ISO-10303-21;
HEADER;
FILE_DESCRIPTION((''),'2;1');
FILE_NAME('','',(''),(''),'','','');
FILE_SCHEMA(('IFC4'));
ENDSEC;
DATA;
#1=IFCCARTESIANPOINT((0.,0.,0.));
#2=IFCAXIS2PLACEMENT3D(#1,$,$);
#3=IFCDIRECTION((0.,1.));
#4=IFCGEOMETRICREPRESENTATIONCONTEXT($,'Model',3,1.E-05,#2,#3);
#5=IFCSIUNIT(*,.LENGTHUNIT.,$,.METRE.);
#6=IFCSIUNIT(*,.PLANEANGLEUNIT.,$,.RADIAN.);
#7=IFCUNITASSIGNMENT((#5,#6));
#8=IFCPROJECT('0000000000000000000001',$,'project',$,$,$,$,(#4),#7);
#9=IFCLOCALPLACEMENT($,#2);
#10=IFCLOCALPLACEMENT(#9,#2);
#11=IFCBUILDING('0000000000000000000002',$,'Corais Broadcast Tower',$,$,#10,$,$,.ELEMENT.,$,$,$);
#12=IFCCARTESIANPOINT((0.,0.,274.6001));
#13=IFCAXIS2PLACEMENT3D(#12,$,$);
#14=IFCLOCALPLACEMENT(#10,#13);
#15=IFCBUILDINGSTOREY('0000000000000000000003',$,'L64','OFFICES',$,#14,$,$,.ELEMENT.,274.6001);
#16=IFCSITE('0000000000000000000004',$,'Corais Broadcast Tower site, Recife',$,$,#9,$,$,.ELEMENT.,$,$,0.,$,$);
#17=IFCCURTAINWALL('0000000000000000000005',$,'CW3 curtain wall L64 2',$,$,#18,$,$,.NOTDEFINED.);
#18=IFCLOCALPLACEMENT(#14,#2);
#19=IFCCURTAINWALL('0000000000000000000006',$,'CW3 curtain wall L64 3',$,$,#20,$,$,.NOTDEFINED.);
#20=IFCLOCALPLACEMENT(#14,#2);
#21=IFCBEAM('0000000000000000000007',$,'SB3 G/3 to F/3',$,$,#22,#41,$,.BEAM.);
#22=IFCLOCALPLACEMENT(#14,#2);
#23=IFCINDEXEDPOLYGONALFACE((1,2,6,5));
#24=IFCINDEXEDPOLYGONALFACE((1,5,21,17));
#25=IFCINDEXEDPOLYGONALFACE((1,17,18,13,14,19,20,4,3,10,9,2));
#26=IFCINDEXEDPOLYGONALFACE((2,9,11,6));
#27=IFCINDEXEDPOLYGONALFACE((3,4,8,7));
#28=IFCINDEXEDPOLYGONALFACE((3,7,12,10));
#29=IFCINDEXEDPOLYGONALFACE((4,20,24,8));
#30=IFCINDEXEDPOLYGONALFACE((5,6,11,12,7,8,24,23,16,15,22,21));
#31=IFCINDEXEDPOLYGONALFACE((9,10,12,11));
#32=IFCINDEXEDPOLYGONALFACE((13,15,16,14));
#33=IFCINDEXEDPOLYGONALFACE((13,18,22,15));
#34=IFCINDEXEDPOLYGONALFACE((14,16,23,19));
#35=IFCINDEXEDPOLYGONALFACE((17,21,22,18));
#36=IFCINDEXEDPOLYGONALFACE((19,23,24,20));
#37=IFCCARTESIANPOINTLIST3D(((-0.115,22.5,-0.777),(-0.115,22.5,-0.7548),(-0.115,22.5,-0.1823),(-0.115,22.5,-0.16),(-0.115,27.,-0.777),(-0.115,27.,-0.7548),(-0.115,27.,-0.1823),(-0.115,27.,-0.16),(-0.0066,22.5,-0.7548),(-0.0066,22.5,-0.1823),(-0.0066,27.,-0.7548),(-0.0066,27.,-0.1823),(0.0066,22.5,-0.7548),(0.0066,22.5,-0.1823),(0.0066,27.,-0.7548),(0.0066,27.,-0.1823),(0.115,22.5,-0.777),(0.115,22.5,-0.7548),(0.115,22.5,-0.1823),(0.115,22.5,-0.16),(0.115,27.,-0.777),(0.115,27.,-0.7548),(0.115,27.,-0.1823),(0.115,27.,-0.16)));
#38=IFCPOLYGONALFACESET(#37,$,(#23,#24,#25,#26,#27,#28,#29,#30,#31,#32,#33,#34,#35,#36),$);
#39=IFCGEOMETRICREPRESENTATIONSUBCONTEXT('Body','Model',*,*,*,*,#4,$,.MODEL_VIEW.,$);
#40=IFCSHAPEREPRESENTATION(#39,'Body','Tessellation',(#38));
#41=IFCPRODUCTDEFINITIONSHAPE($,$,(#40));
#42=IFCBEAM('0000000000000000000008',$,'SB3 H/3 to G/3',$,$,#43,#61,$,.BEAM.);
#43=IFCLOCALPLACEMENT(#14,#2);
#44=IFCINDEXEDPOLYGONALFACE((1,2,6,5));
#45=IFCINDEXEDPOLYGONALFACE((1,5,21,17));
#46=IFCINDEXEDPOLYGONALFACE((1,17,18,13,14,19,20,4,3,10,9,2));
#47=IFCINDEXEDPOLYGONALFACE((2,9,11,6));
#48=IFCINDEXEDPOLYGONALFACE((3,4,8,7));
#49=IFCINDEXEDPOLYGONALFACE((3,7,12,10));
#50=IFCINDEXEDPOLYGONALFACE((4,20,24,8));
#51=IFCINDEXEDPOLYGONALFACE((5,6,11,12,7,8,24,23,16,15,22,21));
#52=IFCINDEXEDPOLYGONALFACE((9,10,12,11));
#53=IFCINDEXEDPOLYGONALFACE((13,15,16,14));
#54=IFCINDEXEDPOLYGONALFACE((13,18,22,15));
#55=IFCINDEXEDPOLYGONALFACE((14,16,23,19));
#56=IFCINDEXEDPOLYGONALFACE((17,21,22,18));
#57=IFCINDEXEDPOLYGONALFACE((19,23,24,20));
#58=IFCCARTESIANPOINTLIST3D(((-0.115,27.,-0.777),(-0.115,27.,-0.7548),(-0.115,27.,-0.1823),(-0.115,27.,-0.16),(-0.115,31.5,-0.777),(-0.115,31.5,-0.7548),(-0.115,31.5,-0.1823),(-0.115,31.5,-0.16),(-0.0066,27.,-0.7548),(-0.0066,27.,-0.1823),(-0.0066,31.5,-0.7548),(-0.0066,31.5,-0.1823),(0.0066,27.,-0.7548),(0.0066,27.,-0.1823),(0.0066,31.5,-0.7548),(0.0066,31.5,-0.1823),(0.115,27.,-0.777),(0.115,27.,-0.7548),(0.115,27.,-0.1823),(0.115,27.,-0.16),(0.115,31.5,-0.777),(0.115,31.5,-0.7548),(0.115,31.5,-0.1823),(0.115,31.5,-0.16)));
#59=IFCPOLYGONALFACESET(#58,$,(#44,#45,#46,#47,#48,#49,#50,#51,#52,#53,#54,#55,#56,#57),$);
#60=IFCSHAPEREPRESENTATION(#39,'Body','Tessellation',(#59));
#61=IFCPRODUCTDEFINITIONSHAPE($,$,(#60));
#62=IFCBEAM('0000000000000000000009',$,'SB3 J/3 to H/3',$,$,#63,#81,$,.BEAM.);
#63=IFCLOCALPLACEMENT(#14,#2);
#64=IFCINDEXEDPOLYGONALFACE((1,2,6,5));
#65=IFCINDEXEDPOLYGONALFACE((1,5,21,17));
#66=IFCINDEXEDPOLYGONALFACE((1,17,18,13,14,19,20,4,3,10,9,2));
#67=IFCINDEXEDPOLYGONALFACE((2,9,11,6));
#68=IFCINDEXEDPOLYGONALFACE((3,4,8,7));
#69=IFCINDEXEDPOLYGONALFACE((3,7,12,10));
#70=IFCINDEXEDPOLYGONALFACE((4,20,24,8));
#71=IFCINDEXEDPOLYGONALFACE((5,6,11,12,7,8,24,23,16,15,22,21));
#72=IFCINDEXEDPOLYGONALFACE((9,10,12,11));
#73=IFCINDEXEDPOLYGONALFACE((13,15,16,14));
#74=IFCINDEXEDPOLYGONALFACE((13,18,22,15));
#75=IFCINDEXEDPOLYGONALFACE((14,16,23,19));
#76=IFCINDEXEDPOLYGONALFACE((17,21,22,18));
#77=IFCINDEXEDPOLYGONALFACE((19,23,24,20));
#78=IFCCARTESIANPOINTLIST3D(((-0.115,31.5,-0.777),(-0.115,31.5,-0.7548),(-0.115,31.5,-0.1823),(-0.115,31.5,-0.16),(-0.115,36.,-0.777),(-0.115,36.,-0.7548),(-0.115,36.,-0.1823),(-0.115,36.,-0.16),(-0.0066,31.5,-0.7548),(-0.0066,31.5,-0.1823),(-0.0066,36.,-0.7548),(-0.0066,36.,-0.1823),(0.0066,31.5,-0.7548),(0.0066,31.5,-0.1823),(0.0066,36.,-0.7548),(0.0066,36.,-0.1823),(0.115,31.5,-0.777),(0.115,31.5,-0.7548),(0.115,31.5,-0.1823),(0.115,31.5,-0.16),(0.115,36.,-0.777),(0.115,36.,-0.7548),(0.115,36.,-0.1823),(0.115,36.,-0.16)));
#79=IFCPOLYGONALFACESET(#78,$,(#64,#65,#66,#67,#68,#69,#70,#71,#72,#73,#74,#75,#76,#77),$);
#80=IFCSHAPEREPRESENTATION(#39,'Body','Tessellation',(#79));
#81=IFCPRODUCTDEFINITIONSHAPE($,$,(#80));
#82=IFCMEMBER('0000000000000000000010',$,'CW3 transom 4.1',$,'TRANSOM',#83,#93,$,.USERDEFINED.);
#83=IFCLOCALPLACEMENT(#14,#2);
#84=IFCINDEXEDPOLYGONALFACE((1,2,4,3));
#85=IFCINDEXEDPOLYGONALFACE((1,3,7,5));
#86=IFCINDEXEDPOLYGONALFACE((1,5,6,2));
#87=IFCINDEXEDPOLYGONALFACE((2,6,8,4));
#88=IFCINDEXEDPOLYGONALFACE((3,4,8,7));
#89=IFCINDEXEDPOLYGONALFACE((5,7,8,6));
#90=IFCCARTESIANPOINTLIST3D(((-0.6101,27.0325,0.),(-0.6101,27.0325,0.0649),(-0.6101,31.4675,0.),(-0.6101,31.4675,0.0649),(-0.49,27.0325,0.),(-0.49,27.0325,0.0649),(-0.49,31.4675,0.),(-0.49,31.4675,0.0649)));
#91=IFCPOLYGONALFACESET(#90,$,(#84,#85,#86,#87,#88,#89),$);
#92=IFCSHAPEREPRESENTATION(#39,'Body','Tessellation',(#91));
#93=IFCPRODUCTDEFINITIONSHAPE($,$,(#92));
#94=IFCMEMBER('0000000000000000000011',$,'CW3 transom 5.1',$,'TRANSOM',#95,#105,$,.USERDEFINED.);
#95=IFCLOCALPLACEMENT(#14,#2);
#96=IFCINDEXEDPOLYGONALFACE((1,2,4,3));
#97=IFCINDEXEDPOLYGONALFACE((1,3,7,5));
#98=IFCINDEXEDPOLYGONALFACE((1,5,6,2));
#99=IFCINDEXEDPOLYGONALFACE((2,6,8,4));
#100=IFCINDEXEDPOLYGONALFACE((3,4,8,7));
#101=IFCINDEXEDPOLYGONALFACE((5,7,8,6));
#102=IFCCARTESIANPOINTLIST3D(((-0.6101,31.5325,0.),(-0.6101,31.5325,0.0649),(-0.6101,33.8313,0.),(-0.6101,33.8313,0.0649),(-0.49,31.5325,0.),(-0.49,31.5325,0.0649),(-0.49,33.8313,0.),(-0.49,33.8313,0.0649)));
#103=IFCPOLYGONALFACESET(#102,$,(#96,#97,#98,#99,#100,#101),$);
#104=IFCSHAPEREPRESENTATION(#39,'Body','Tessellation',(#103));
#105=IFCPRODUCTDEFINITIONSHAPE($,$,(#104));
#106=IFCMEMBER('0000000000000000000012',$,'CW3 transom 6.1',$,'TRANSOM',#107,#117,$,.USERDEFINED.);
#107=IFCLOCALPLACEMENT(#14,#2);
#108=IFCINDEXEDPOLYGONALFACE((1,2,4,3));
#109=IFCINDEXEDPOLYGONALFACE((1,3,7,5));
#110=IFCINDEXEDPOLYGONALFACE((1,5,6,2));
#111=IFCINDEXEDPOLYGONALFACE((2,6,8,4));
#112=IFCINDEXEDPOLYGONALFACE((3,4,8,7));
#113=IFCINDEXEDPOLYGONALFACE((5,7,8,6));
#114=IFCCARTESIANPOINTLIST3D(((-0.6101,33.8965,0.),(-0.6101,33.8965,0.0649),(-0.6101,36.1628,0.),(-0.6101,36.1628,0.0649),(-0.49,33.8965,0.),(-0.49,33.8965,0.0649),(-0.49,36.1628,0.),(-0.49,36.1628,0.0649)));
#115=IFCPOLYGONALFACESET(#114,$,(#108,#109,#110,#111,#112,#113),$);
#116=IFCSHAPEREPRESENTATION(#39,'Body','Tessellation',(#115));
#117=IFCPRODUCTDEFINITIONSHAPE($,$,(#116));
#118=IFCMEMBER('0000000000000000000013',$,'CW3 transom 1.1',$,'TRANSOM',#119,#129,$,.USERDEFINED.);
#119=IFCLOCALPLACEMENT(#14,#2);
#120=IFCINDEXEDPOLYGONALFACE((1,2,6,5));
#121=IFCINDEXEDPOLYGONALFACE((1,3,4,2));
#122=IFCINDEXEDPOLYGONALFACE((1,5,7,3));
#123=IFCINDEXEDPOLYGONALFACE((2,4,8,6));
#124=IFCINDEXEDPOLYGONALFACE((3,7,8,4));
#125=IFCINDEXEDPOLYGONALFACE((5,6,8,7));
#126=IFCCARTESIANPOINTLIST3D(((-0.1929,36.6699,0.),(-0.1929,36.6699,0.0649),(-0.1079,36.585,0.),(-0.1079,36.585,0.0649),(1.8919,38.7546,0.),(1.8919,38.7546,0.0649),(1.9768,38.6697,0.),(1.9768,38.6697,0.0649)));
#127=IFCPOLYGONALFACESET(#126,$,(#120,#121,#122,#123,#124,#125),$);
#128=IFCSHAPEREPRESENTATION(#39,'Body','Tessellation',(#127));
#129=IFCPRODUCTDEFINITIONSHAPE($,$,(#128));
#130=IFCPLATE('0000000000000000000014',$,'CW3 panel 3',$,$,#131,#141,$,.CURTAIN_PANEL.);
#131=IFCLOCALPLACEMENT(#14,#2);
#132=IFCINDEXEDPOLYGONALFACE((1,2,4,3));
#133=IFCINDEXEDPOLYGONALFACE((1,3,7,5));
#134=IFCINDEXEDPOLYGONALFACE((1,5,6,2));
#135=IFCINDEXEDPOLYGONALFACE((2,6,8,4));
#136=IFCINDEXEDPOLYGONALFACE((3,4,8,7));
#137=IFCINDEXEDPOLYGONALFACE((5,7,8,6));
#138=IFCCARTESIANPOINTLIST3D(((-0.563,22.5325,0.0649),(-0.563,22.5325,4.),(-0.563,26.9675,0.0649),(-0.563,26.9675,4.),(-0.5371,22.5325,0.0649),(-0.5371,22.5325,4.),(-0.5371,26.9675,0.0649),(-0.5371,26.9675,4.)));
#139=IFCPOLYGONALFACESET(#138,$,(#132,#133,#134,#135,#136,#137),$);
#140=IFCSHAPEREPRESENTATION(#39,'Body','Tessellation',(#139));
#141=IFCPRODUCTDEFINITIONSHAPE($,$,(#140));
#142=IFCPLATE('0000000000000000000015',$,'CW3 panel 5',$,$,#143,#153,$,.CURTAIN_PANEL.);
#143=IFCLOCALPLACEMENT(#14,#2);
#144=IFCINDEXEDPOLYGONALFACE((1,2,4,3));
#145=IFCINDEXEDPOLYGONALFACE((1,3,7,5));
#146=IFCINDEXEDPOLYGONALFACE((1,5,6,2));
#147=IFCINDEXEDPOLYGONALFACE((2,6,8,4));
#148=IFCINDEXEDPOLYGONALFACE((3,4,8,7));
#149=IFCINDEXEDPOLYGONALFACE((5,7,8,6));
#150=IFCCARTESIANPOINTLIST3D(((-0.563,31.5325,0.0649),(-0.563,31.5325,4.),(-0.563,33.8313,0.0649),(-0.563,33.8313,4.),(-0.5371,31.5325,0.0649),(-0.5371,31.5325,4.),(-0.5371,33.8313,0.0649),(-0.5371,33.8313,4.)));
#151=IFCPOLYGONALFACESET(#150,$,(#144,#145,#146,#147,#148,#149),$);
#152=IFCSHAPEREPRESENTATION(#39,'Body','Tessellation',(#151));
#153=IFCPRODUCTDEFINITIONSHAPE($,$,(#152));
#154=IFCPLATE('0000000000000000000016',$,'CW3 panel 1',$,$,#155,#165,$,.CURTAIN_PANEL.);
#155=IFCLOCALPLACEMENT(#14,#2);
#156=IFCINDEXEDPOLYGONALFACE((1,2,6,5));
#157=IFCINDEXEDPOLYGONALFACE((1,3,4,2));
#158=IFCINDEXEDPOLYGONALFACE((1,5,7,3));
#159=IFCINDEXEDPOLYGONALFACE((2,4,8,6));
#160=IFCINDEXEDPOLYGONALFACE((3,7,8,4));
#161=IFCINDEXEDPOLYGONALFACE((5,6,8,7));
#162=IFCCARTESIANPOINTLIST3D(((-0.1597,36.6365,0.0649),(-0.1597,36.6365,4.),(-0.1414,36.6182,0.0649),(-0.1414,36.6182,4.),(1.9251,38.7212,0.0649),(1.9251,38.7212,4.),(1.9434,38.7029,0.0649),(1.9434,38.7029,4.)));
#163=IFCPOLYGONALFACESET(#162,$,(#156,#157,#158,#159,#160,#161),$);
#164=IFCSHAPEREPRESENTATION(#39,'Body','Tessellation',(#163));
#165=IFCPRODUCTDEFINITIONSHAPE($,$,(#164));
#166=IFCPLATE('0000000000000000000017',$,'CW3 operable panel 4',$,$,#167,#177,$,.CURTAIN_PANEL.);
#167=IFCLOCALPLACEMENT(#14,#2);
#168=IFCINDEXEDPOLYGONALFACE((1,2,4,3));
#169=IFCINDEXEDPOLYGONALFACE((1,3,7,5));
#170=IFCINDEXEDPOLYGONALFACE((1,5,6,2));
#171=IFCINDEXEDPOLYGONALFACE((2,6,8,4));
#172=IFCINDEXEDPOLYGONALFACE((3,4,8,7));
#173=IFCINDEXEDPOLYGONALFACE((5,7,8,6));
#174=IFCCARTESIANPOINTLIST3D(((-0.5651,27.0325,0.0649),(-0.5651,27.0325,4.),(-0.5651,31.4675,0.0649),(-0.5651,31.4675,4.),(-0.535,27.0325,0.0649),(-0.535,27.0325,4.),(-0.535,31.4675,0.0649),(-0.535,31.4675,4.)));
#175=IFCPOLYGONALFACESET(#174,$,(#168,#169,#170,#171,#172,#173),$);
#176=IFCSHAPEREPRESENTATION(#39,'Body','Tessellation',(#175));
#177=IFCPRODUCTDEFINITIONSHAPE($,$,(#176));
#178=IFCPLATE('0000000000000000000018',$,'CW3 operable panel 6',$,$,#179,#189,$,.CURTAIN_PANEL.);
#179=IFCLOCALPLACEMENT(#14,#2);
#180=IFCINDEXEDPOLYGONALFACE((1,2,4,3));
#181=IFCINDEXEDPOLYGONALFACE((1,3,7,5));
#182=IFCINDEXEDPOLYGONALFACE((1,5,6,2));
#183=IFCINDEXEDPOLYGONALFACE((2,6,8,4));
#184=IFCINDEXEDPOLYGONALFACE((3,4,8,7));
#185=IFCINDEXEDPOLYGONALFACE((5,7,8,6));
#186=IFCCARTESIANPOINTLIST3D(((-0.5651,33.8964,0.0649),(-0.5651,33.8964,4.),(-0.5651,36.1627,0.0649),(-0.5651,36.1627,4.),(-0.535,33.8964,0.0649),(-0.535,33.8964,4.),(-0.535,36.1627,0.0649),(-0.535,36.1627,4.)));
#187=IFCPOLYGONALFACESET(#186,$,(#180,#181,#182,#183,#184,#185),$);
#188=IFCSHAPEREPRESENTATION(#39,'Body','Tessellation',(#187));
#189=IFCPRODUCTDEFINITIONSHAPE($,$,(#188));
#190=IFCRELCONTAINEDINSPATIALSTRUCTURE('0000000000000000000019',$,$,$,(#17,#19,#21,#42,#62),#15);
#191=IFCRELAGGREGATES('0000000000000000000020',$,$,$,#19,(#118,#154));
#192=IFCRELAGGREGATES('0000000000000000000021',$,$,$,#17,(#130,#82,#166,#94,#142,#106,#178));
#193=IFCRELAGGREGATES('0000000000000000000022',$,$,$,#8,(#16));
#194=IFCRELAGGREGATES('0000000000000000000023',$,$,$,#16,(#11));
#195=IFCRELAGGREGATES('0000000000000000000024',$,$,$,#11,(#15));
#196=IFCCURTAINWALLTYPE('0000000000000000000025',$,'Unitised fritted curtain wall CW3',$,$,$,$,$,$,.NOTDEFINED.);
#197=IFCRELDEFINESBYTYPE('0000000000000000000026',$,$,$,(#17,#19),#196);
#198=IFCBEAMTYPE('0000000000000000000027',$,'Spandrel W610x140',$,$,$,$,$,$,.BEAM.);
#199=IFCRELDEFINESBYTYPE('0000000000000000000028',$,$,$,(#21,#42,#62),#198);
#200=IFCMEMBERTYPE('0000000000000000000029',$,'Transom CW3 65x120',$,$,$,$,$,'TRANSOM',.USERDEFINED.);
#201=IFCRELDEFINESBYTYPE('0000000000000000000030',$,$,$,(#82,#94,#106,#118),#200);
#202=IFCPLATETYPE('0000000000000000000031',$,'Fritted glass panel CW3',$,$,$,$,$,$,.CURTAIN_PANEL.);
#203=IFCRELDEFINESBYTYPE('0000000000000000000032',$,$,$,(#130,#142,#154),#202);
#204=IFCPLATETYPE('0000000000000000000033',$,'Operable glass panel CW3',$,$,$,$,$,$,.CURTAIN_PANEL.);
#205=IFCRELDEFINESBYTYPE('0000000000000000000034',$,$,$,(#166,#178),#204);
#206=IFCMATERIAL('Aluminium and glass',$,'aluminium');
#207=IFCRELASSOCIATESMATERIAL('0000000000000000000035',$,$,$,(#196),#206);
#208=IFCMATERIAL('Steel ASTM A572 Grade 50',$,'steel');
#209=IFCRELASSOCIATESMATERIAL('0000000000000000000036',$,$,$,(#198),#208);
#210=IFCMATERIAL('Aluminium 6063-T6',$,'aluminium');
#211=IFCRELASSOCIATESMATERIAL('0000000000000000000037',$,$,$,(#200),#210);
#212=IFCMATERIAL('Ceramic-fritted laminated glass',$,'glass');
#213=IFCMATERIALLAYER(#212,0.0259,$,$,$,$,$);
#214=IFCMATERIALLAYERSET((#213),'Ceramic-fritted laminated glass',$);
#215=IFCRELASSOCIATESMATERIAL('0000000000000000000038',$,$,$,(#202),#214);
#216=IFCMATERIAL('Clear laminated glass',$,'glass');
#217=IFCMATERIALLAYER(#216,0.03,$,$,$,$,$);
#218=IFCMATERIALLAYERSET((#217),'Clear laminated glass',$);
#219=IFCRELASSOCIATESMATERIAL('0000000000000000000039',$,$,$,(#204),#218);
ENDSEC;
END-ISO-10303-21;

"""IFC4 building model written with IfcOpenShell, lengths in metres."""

from ifc_helpers import new_model, si_unit, direction, frame, origin, origin_2d, place, context, subcontext, project, spatial, rectangle, i_section, extrude, material, layer, layer_set, material_profile, profile_set, type_object, element, aggregate, save


model = new_model("IFC4")

# Units and contexts
model_context = context("Model", 3, precision=1e-05, world=origin(), true_north=direction((0.0, 1.0)))
body_context = subcontext(model_context, "Body", "Model", "MODEL_VIEW")
ifc_project = project(units=[si_unit("LENGTHUNIT", "METRE"), si_unit("PLANEANGLEUNIT", "RADIAN")], contexts=[model_context])

# Site, building, storey
site_placement = place(None, origin())
site = spatial("IfcSite", under=ifc_project, at=site_placement, Name="Corais Broadcast Tower site, Recife", CompositionType="ELEMENT", RefElevation=0.0)
building_placement = place(site_placement, origin())
building = spatial("IfcBuilding", under=site, at=building_placement, Name="Corais Broadcast Tower", CompositionType="ELEMENT")
storey_placement = place(building_placement, frame((0.0, 0.0, 274.6001)))
storey = spatial("IfcBuildingStorey", under=building, at=storey_placement, Name="L64", Description="OFFICES", CompositionType="ELEMENT", Elevation=274.6001)

# Curtain walls
ifc_material_1 = material(Name="Aluminium and glass", Category="aluminium")
curtain_wall_type = type_object("IfcCurtainWallType", Name="Unitised fritted curtain wall CW3", PredefinedType="NOTDEFINED", material=ifc_material_1)
curtain_wall_1_placement = place(storey_placement, origin())
curtain_wall_1 = element("IfcCurtainWall", 1, at=curtain_wall_1_placement, inside=storey, type_object=curtain_wall_type, Name="CW3 curtain wall L64 2", PredefinedType="NOTDEFINED")
curtain_wall_2_placement = place(storey_placement, origin())
curtain_wall_2 = element("IfcCurtainWall", 2, at=curtain_wall_2_placement, inside=storey, type_object=curtain_wall_type, Name="CW3 curtain wall L64 3", PredefinedType="NOTDEFINED")

# Beams
ifc_material_2 = material(Name="Steel ASTM A572 Grade 50", Category="steel")
ifc_material_profile_1 = material_profile(ifc_material_2, i_section(OverallWidth=0.23, OverallDepth=0.6169, WebThickness=0.0132, FlangeThickness=0.0222, at=origin_2d()), Name="W610x140")
ifc_profile_set_1 = profile_set([ifc_material_profile_1], Name="Steel ASTM A572 Grade 50")
beam_type_1 = type_object("IfcBeamType", Name="Spandrel W610x140", PredefinedType="BEAM", material=ifc_profile_set_1)
for number, where, z_axis, x_axis, name in (
    (3, (0.0, 27.0, -0.4685), (0.0, -1.0, 0.0), (1.0, 0.0, 0.0), "SB3 G/3 to F/3"),
    (4, (0.0, 31.5, -0.4685), (0.0, -1.0, 0.0), (1.0, 0.0, 0.0), "SB3 H/3 to G/3"),
    (5, (0.0, 36.0, -0.4685), (0.0, -1.0, 0.0), (1.0, 0.0, 0.0), "SB3 J/3 to H/3"),
):
    element("IfcBeam", number, at=place(storey_placement, frame(where, z_axis=z_axis, x_axis=x_axis)), inside=storey, type_object=beam_type_1, Name=name, PredefinedType="BEAM", context=body_context, shape_type="SweptSolid", body=[
        extrude(i_section(OverallWidth=0.23, OverallDepth=0.6169, WebThickness=0.0132, FlangeThickness=0.0222, at=origin_2d()), origin(), (0.0, 0.0, 1.0), 4.5),
    ])

# Members
ifc_material_3 = material(Name="Aluminium 6063-T6", Category="aluminium")
ifc_material_profile_2 = material_profile(ifc_material_3, rectangle(XDim=0.1201, YDim=0.0649, at=origin_2d()), Name="Transom CW3 65x120")
ifc_profile_set_2 = profile_set([ifc_material_profile_2], Name="Aluminium 6063-T6")
member_type_1 = type_object("IfcMemberType", Name="Transom CW3 65x120", ElementType="TRANSOM", PredefinedType="USERDEFINED", material=ifc_profile_set_2)
member_1_placement = place(storey_placement, frame((-0.55, 27.0325, 0.0325), z_axis=(0.0, 1.0, 0.0), x_axis=(-1.0, 0.0, 0.0)))
member_1 = element("IfcMember", 6, at=member_1_placement, type_object=member_type_1, Name="CW3 transom 4.1", ObjectType="TRANSOM", PredefinedType="USERDEFINED", context=body_context, shape_type="SweptSolid", body=[
    extrude(rectangle(XDim=0.1201, YDim=0.0649, at=origin_2d()), origin(), (0.0, 0.0, 1.0), 4.4351),
])
member_2_placement = place(storey_placement, frame((-0.55, 31.5325, 0.0325), z_axis=(0.0, 1.0, 0.0), x_axis=(-1.0, 0.0, 0.0)))
member_2 = element("IfcMember", 7, at=member_2_placement, type_object=member_type_1, Name="CW3 transom 5.1", ObjectType="TRANSOM", PredefinedType="USERDEFINED", context=body_context, shape_type="SweptSolid", body=[
    extrude(rectangle(XDim=0.1201, YDim=0.0649, at=origin_2d()), origin(), (0.0, 0.0, 1.0), 2.2988),
])
member_3_placement = place(storey_placement, frame((-0.55, 33.8965, 0.0325), z_axis=(0.0, 1.0, 0.0), x_axis=(-1.0, 0.0, 0.0)))
member_3 = element("IfcMember", 8, at=member_3_placement, type_object=member_type_1, Name="CW3 transom 6.1", ObjectType="TRANSOM", PredefinedType="USERDEFINED", context=body_context, shape_type="SweptSolid", body=[
    extrude(rectangle(XDim=0.1201, YDim=0.0649, at=origin_2d()), origin(), (0.0, 0.0, 1.0), 2.2664),
])
member_4_placement = place(storey_placement, frame((-0.1504, 36.6274, 0.0325), z_axis=(0.707107, 0.707107, 0.0), x_axis=(-0.707107, 0.707107, 0.0)))
member_4 = element("IfcMember", 9, at=member_4_placement, type_object=member_type_1, Name="CW3 transom 1.1", ObjectType="TRANSOM", PredefinedType="USERDEFINED", context=body_context, shape_type="SweptSolid", body=[
    extrude(rectangle(XDim=0.1201, YDim=0.0649, at=origin_2d()), origin(), (0.0, 0.0, 1.0), 2.9482),
])

# Plates
ifc_material_4 = material(Name="Ceramic-fritted laminated glass", Category="glass")
ifc_layer_1 = layer(ifc_material_4, 0.0259)
ifc_layer_set_1 = layer_set([ifc_layer_1], Name="Ceramic-fritted laminated glass")
plate_type_1 = type_object("IfcPlateType", Name="Fritted glass panel CW3", PredefinedType="CURTAIN_PANEL", material=ifc_layer_set_1)
plate_1_placement = place(storey_placement, frame((-0.55, 24.75, 0.0649), z_axis=(0.0, 0.0, 1.0), x_axis=(0.0, 1.0, 0.0)))
plate_1 = element("IfcPlate", 10, at=plate_1_placement, type_object=plate_type_1, Name="CW3 panel 3", PredefinedType="CURTAIN_PANEL", context=body_context, shape_type="SweptSolid", body=[
    extrude(rectangle(XDim=4.4351, YDim=0.0259, at=origin_2d()), origin(), (0.0, 0.0, 1.0), 3.9351),
])
plate_2_placement = place(storey_placement, frame((-0.55, 32.6819, 0.0649), z_axis=(0.0, 0.0, 1.0), x_axis=(0.0, 1.0, 0.0)))
plate_2 = element("IfcPlate", 11, at=plate_2_placement, type_object=plate_type_1, Name="CW3 panel 5", PredefinedType="CURTAIN_PANEL", context=body_context, shape_type="SweptSolid", body=[
    extrude(rectangle(XDim=2.2988, YDim=0.0259, at=origin_2d()), origin(), (0.0, 0.0, 1.0), 3.9351),
])
plate_3_placement = place(storey_placement, frame((0.8918, 37.6697, 0.0649), z_axis=(0.0, 0.0, 1.0), x_axis=(0.707107, 0.707107, 0.0)))
plate_3 = element("IfcPlate", 12, at=plate_3_placement, type_object=plate_type_1, Name="CW3 panel 1", PredefinedType="CURTAIN_PANEL", context=body_context, shape_type="SweptSolid", body=[
    extrude(rectangle(XDim=2.9482, YDim=0.0259, at=origin_2d()), origin(), (0.0, 0.0, 1.0), 3.9351),
])
aggregate(curtain_wall_2, [member_4, plate_3])
ifc_material_5 = material(Name="Clear laminated glass", Category="glass")
ifc_layer_2 = layer(ifc_material_5, 0.03)
ifc_layer_set_2 = layer_set([ifc_layer_2], Name="Clear laminated glass")
plate_type_2 = type_object("IfcPlateType", Name="Operable glass panel CW3", PredefinedType="CURTAIN_PANEL", material=ifc_layer_set_2)
plate_4_placement = place(storey_placement, frame((-0.55, 29.25, 0.0649), z_axis=(0.0, 0.0, 1.0), x_axis=(0.0, 1.0, 0.0)))
plate_4 = element("IfcPlate", 13, at=plate_4_placement, type_object=plate_type_2, Name="CW3 operable panel 4", PredefinedType="CURTAIN_PANEL", context=body_context, shape_type="SweptSolid", body=[
    extrude(rectangle(XDim=4.4351, YDim=0.03, at=origin_2d()), origin(), (0.0, 0.0, 1.0), 3.9351),
])
plate_5_placement = place(storey_placement, frame((-0.55, 35.0295, 0.0649), z_axis=(0.0, 0.0, 1.0), x_axis=(0.0, 1.0, 0.0)))
plate_5 = element("IfcPlate", 14, at=plate_5_placement, type_object=plate_type_2, Name="CW3 operable panel 6", PredefinedType="CURTAIN_PANEL", context=body_context, shape_type="SweptSolid", body=[
    extrude(rectangle(XDim=2.2664, YDim=0.03, at=origin_2d()), origin(), (0.0, 0.0, 1.0), 3.9351),
])
aggregate(curtain_wall_1, [plate_1, member_1, plate_4, member_2, plate_2, member_3, plate_5])

save(model, "model.ifc")
